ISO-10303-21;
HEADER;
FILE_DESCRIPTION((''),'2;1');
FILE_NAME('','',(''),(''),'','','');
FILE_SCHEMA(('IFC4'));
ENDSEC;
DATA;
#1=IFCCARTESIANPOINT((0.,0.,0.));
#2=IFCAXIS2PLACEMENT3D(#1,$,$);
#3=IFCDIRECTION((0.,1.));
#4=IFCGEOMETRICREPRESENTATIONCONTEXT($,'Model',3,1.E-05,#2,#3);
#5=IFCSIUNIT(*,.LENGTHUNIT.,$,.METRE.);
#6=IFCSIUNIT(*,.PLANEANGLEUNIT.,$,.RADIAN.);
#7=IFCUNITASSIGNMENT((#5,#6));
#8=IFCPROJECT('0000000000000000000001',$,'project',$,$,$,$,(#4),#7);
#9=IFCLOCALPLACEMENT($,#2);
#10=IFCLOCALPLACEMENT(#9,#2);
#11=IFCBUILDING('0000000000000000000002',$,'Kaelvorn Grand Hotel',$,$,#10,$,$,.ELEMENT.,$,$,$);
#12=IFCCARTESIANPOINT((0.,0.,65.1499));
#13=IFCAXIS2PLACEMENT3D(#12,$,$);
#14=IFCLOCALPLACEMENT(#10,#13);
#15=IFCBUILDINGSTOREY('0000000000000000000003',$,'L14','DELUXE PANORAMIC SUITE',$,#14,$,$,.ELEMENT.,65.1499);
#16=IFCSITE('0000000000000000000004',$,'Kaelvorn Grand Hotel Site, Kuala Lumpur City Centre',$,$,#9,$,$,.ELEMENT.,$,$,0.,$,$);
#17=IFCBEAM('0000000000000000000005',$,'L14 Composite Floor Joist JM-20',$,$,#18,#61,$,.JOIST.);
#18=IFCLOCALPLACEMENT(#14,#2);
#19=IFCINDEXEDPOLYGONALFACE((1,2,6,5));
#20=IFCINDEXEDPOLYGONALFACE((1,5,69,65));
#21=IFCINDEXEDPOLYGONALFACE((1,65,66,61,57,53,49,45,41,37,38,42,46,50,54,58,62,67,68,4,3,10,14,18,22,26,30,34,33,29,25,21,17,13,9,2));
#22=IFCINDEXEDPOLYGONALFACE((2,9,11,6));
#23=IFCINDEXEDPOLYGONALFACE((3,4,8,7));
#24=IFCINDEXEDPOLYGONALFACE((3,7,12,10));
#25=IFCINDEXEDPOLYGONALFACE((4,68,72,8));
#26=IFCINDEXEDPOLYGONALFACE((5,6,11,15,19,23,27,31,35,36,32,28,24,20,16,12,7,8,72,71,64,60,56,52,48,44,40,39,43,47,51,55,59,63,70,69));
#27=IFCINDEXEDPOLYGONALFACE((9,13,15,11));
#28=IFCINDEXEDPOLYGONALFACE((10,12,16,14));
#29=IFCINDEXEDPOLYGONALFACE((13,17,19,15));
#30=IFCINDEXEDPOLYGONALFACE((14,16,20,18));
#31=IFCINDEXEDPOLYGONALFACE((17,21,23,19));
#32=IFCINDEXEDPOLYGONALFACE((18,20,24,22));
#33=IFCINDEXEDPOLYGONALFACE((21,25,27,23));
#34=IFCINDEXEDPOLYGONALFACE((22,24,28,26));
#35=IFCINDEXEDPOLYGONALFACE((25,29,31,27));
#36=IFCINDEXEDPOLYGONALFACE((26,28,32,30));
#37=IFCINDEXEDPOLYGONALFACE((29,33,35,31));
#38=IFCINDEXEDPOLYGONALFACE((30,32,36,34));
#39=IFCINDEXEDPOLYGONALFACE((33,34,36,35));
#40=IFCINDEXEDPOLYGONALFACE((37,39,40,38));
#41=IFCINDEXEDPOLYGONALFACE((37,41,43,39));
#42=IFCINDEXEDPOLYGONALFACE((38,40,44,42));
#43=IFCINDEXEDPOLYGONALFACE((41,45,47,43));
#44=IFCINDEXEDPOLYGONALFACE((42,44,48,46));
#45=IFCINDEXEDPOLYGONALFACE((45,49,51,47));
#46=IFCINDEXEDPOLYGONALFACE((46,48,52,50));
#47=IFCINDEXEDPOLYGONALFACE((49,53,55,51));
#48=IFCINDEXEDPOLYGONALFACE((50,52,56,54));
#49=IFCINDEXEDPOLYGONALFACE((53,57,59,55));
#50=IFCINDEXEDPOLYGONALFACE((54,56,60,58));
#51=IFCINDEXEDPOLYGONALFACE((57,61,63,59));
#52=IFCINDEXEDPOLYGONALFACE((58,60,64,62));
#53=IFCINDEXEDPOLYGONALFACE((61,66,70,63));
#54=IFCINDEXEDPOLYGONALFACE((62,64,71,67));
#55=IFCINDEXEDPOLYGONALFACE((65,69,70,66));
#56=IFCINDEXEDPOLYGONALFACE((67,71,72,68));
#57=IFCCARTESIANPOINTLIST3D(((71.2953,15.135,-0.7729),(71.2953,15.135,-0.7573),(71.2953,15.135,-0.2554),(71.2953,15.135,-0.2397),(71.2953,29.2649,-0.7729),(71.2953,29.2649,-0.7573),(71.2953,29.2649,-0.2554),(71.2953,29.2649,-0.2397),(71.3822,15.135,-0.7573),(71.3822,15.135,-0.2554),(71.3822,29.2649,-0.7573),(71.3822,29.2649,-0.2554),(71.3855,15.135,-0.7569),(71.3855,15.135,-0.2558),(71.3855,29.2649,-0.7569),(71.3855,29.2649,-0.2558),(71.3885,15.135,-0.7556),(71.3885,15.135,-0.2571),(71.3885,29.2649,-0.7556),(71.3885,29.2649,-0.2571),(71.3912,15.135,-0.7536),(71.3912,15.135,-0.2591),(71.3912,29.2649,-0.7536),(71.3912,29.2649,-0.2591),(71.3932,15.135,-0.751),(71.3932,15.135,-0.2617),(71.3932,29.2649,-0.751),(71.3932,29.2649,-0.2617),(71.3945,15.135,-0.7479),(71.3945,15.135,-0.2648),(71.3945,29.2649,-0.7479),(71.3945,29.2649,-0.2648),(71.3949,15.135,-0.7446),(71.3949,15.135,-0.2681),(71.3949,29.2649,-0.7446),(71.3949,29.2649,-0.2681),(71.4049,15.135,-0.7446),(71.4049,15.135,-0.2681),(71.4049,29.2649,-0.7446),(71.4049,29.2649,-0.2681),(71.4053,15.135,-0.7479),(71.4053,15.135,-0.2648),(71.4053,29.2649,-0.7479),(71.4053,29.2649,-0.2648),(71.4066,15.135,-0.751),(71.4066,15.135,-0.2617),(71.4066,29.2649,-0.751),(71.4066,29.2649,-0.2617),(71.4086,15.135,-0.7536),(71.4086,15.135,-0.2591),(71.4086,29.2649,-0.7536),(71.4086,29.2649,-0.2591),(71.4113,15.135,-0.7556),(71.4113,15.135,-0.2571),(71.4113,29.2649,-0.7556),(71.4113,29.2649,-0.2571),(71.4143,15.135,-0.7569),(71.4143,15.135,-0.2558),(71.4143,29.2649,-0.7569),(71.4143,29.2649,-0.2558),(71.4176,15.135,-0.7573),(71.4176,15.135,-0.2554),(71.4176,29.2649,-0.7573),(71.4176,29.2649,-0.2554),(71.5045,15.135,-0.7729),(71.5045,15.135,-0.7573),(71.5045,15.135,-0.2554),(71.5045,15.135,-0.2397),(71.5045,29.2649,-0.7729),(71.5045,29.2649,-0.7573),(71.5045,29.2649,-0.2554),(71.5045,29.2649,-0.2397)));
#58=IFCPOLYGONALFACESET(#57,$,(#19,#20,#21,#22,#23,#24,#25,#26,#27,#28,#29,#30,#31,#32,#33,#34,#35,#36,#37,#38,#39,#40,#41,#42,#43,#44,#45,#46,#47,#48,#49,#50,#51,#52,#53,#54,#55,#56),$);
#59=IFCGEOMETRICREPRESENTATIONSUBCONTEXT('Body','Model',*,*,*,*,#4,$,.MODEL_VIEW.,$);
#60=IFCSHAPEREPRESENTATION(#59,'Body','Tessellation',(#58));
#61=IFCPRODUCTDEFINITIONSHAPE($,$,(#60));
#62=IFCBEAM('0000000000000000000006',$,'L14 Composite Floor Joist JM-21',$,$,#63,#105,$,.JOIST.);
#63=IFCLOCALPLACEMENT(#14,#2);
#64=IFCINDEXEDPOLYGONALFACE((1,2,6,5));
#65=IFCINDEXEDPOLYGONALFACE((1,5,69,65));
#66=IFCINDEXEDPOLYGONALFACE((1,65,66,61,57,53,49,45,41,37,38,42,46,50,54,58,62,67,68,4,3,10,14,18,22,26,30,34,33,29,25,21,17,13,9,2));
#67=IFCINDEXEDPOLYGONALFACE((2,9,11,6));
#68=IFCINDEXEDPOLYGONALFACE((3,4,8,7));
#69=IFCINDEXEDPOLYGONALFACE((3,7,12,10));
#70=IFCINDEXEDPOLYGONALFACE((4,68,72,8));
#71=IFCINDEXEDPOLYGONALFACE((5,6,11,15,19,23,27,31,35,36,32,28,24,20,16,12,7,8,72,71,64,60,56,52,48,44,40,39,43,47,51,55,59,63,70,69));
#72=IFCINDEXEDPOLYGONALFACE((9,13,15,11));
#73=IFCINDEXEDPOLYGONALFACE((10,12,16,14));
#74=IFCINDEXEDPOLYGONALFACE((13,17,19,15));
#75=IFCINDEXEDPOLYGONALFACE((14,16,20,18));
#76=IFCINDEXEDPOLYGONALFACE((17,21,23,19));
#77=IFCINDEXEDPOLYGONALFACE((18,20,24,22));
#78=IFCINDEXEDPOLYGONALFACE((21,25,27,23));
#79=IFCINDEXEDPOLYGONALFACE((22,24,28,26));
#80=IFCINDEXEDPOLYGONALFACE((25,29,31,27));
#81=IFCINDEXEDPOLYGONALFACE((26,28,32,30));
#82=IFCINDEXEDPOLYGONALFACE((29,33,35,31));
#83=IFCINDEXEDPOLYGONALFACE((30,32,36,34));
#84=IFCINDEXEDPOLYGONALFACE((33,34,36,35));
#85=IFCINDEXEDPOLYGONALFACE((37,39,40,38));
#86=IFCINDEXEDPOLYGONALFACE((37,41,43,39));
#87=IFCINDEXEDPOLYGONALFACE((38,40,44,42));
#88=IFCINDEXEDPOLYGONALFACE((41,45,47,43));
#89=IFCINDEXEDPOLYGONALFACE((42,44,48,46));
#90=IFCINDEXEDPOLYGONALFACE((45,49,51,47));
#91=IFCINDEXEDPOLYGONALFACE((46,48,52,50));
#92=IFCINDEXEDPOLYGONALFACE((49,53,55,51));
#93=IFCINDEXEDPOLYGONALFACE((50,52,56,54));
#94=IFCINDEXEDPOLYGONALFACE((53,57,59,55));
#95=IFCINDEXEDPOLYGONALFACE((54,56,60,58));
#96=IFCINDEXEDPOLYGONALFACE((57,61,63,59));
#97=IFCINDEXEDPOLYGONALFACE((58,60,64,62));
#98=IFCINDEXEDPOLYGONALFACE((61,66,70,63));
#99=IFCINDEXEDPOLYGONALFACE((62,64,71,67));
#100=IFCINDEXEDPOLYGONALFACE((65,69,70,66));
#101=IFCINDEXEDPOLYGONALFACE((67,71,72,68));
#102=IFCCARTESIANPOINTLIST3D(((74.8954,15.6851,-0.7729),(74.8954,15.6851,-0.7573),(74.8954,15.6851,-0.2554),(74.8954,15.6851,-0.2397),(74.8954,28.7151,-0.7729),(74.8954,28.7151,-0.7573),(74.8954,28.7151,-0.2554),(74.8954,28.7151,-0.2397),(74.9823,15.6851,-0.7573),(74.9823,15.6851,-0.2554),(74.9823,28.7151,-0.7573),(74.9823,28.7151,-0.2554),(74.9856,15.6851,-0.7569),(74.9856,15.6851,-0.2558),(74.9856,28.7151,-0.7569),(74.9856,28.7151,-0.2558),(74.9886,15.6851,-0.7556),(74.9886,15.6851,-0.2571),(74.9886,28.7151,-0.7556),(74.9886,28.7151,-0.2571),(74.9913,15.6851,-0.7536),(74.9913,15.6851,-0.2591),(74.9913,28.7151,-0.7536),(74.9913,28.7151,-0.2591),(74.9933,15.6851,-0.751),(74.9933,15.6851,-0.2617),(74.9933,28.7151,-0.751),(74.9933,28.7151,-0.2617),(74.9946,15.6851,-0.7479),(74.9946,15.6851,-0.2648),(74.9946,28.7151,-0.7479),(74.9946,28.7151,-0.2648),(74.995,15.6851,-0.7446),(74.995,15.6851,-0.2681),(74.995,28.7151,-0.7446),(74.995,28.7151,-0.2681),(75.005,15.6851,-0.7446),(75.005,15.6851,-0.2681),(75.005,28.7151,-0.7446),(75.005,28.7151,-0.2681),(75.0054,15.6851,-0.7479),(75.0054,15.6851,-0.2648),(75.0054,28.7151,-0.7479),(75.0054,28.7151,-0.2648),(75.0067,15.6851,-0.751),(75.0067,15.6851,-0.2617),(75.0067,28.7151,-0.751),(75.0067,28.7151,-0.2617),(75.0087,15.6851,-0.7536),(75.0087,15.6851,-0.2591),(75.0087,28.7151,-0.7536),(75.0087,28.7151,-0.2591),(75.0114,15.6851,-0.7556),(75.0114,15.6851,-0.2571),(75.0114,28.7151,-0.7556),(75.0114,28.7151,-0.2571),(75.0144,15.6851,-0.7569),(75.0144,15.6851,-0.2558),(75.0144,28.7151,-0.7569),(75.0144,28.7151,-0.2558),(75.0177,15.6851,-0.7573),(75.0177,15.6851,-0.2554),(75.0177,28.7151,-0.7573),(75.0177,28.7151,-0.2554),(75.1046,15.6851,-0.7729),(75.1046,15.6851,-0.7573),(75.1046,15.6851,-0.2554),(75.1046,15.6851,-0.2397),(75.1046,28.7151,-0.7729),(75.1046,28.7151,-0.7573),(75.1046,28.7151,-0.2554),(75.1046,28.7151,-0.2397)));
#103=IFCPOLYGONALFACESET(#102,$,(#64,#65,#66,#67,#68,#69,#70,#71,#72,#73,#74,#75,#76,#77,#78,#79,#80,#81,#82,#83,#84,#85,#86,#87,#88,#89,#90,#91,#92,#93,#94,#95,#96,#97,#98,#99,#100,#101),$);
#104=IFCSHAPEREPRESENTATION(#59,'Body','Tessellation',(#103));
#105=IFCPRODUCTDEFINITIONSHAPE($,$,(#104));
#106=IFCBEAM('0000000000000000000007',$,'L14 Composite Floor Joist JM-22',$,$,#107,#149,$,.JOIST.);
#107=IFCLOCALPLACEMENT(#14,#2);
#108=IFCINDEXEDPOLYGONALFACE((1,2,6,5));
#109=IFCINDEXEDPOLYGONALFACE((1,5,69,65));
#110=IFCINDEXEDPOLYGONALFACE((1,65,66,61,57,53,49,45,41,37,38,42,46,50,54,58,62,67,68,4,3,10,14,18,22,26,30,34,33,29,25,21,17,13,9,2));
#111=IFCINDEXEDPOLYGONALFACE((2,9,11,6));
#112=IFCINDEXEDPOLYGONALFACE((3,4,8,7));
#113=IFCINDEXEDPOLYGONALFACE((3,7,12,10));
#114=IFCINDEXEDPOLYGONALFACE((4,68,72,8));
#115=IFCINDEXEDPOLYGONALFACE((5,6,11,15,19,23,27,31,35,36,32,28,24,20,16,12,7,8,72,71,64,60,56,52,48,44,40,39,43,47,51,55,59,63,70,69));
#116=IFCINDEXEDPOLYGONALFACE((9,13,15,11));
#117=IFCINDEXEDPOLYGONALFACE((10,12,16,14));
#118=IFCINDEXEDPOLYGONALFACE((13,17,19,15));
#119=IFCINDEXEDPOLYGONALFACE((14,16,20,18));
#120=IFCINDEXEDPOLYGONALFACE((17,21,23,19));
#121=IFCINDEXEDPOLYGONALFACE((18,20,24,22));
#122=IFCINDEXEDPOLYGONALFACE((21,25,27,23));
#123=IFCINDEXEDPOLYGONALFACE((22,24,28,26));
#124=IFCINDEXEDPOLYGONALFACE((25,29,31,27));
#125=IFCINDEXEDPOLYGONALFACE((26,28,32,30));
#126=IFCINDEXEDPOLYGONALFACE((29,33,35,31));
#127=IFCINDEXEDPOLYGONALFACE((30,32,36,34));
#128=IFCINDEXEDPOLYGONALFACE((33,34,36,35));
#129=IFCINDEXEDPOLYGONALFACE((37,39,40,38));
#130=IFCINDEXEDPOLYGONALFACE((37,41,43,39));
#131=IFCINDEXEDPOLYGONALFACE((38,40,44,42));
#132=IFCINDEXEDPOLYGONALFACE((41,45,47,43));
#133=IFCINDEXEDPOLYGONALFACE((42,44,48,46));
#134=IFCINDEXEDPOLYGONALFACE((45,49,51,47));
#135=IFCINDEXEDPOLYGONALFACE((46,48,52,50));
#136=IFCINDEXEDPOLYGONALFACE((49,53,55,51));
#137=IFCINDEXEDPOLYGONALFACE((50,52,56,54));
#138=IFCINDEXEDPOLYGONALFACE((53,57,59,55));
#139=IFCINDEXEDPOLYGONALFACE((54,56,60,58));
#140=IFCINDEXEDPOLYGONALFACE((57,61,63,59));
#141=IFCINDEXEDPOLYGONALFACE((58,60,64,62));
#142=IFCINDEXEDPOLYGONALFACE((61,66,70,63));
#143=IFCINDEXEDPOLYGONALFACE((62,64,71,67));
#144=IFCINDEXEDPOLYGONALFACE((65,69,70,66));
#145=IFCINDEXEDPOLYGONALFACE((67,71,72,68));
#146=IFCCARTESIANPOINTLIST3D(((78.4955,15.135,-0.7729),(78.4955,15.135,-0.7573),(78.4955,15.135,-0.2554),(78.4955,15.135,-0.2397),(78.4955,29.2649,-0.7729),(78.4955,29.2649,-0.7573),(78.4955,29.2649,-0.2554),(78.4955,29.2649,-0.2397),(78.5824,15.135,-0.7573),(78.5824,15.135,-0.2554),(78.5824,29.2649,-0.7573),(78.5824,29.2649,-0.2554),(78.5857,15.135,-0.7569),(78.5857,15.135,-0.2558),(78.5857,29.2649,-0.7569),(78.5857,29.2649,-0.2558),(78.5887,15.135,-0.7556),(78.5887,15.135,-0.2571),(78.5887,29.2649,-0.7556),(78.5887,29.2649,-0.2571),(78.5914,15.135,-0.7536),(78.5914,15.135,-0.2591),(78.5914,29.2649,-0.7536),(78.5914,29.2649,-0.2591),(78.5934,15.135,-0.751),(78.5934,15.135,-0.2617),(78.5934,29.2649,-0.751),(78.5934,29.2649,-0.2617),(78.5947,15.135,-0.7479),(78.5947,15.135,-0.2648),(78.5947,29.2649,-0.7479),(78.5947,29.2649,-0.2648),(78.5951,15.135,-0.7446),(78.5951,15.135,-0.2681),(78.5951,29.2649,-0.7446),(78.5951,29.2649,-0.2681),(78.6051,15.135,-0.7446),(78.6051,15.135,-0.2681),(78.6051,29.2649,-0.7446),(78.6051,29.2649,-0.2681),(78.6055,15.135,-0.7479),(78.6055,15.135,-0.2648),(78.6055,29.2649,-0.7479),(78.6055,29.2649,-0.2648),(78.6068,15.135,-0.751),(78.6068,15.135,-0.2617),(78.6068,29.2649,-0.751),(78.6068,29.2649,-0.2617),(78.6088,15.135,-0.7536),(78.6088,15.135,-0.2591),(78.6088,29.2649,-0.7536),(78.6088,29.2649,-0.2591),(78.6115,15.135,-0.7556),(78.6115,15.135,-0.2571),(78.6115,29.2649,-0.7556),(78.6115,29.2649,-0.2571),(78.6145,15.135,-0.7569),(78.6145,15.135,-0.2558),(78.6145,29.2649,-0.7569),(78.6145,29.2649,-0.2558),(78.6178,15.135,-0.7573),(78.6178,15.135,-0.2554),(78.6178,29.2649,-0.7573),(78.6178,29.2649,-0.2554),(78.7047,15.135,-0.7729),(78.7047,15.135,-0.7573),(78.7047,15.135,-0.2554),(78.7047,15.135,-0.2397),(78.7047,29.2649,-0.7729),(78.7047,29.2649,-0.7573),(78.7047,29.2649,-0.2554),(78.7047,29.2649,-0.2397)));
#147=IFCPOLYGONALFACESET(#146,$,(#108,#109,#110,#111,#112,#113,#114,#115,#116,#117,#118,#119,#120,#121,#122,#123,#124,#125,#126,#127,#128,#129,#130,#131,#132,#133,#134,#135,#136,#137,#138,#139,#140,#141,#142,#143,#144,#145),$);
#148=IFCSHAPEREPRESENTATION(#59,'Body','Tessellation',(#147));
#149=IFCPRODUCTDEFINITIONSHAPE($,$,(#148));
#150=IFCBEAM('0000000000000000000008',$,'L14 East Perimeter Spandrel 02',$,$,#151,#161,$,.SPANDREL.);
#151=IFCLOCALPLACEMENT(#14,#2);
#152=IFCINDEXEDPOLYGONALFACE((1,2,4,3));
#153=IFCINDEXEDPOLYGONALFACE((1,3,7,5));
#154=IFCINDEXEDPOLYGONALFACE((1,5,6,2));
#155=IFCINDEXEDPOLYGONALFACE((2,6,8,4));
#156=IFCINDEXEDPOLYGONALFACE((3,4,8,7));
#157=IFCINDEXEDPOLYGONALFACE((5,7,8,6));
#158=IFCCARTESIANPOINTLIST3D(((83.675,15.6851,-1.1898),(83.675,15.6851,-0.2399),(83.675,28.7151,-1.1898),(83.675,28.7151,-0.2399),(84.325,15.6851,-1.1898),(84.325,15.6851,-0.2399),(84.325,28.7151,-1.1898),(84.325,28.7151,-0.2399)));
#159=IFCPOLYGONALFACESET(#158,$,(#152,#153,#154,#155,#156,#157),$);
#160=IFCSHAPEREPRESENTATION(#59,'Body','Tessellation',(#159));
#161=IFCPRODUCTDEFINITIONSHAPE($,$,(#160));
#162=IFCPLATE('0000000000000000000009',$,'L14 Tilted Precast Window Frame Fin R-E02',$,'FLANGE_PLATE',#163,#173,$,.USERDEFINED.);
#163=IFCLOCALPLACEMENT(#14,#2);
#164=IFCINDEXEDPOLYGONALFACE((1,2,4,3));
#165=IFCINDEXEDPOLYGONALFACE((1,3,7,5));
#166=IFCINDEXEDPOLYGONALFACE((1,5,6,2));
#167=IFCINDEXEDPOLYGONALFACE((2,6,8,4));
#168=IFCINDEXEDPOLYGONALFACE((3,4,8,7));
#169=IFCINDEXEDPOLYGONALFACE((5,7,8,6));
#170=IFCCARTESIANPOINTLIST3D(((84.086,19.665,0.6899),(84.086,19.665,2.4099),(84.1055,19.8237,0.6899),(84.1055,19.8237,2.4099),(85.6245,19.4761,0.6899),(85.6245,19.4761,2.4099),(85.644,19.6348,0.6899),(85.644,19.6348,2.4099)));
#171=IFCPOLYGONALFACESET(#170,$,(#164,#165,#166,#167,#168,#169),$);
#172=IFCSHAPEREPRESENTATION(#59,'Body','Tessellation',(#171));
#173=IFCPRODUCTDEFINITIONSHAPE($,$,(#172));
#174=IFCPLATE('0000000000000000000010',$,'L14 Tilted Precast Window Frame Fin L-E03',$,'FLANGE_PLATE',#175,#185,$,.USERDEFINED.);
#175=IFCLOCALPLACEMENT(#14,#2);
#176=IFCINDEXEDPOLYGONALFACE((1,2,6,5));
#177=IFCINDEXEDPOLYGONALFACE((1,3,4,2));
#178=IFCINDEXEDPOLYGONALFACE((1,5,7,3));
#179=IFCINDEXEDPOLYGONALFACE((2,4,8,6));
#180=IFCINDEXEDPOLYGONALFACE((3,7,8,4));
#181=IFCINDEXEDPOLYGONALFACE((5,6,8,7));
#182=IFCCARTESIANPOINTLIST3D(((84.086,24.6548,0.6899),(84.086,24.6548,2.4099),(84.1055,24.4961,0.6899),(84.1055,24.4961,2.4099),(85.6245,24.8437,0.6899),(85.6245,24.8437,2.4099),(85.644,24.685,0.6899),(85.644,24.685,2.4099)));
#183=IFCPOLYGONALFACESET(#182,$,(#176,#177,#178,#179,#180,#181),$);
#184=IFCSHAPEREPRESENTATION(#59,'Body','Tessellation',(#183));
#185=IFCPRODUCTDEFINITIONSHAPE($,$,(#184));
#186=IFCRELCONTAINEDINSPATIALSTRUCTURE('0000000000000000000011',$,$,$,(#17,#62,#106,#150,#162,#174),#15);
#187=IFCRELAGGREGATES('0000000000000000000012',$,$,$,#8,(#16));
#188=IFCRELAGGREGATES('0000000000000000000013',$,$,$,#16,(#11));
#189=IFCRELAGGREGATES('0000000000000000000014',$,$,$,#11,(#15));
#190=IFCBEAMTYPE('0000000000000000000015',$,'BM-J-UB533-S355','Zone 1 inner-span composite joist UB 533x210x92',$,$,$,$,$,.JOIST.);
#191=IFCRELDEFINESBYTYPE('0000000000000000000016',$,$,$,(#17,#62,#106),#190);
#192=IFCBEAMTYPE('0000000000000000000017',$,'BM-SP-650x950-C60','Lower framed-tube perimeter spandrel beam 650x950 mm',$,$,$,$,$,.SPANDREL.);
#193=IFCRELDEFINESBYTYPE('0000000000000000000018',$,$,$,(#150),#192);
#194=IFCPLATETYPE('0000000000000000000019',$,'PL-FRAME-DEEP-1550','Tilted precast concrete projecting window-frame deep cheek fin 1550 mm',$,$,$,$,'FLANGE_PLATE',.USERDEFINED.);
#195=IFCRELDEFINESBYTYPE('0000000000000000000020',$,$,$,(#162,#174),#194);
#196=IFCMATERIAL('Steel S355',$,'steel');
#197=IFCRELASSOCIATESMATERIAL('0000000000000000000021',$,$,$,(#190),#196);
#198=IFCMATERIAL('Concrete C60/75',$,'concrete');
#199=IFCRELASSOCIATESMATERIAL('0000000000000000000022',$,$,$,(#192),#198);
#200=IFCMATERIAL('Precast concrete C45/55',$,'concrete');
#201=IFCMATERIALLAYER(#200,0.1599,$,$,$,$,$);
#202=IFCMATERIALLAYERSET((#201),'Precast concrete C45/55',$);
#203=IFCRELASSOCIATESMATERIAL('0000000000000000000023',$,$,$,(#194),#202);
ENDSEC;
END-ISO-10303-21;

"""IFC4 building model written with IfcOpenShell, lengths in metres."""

from ifc_helpers import new_model, si_unit, direction, frame, origin, origin_2d, place, context, subcontext, project, spatial, rectangle, i_section, extrude, material, layer, layer_set, material_profile, profile_set, type_object, element, save


model = new_model("IFC4")

# Units and contexts
model_context = context("Model", 3, precision=1e-05, world=origin(), true_north=direction((0.0, 1.0)))
body_context = subcontext(model_context, "Body", "Model", "MODEL_VIEW")
ifc_project = project(units=[si_unit("LENGTHUNIT", "METRE"), si_unit("PLANEANGLEUNIT", "RADIAN")], contexts=[model_context])

# Site, building, storey
site_placement = place(None, origin())
site = spatial("IfcSite", under=ifc_project, at=site_placement, Name="Kaelvorn Grand Hotel Site, Kuala Lumpur City Centre", CompositionType="ELEMENT", RefElevation=0.0)
building_placement = place(site_placement, origin())
building = spatial("IfcBuilding", under=site, at=building_placement, Name="Kaelvorn Grand Hotel", CompositionType="ELEMENT")
storey_placement = place(building_placement, frame((0.0, 0.0, 65.1499)))
storey = spatial("IfcBuildingStorey", under=building, at=storey_placement, Name="L14", Description="DELUXE PANORAMIC SUITE", CompositionType="ELEMENT", Elevation=65.1499)

# Beams
ifc_material_1 = material(Name="Steel S355", Category="steel")
ifc_material_profile_1 = material_profile(ifc_material_1, i_section(OverallWidth=0.2092, OverallDepth=0.5332, WebThickness=0.01, FlangeThickness=0.0156, FilletRadius=0.0127, at=origin_2d()), Name="UB 533x210x92")
ifc_profile_set_1 = profile_set([ifc_material_profile_1], Name="Steel S355")
beam_type_1 = type_object("IfcBeamType", Name="BM-J-UB533-S355", Description="Zone 1 inner-span composite joist UB 533x210x92", PredefinedType="JOIST", material=ifc_profile_set_1)
beam_1_placement = place(storey_placement, frame((71.3999, 15.135, -0.5063), z_axis=(0.0, 1.0, 0.0), x_axis=(-1.0, 0.0, 0.0)))
element("IfcBeam", 1, at=beam_1_placement, inside=storey, type_object=beam_type_1, Name="L14 Composite Floor Joist JM-20", PredefinedType="JOIST", context=body_context, shape_type="SweptSolid", body=[
    extrude(i_section(OverallWidth=0.2092, OverallDepth=0.5332, WebThickness=0.01, FlangeThickness=0.0156, FilletRadius=0.0127, at=origin_2d()), origin(), (0.0, 0.0, 1.0), 14.1299),
])
beam_2_placement = place(storey_placement, frame((75.0, 15.6851, -0.5063), z_axis=(0.0, 1.0, 0.0), x_axis=(-1.0, 0.0, 0.0)))
element("IfcBeam", 2, at=beam_2_placement, inside=storey, type_object=beam_type_1, Name="L14 Composite Floor Joist JM-21", PredefinedType="JOIST", context=body_context, shape_type="SweptSolid", body=[
    extrude(i_section(OverallWidth=0.2092, OverallDepth=0.5332, WebThickness=0.01, FlangeThickness=0.0156, FilletRadius=0.0127, at=origin_2d()), origin(), (0.0, 0.0, 1.0), 13.03),
])
beam_3_placement = place(storey_placement, frame((78.6001, 15.135, -0.5063), z_axis=(0.0, 1.0, 0.0), x_axis=(-1.0, 0.0, 0.0)))
element("IfcBeam", 3, at=beam_3_placement, inside=storey, type_object=beam_type_1, Name="L14 Composite Floor Joist JM-22", PredefinedType="JOIST", context=body_context, shape_type="SweptSolid", body=[
    extrude(i_section(OverallWidth=0.2092, OverallDepth=0.5332, WebThickness=0.01, FlangeThickness=0.0156, FilletRadius=0.0127, at=origin_2d()), origin(), (0.0, 0.0, 1.0), 14.1299),
])
ifc_material_2 = material(Name="Concrete C60/75", Category="concrete")
ifc_material_profile_2 = material_profile(ifc_material_2, rectangle(XDim=0.6499, YDim=0.95, at=origin_2d()), Name="RC SPANDREL 650x950")
ifc_profile_set_2 = profile_set([ifc_material_profile_2], Name="Concrete C60/75")
beam_type_2 = type_object("IfcBeamType", Name="BM-SP-650x950-C60", Description="Lower framed-tube perimeter spandrel beam 650x950 mm", PredefinedType="SPANDREL", material=ifc_profile_set_2)
beam_4_placement = place(storey_placement, frame((84.0, 15.6851, -0.7148), z_axis=(0.0, 1.0, 0.0), x_axis=(-1.0, 0.0, 0.0)))
element("IfcBeam", 4, at=beam_4_placement, inside=storey, type_object=beam_type_2, Name="L14 East Perimeter Spandrel 02", PredefinedType="SPANDREL", context=body_context, shape_type="SweptSolid", body=[
    extrude(rectangle(XDim=0.6499, YDim=0.95, at=origin_2d()), origin(), (0.0, 0.0, 1.0), 13.03),
])

# Plates
ifc_material_3 = material(Name="Precast concrete C45/55", Category="concrete")
ifc_layer_1 = layer(ifc_material_3, 0.1599)
ifc_layer_set_1 = layer_set([ifc_layer_1], Name="Precast concrete C45/55")
plate_type_1 = type_object("IfcPlateType", Name="PL-FRAME-DEEP-1550", Description="Tilted precast concrete projecting window-frame deep cheek fin 1550 mm", ElementType="FLANGE_PLATE", PredefinedType="USERDEFINED", material=ifc_layer_set_1)
for number, where, z_axis, x_axis, name in (
    (5, (84.865, 19.6499, 0.6899), (0.0, 0.0, 1.0), (0.121869, 0.992546, 0.0), "L14 Tilted Precast Window Frame Fin R-E02"),
    (6, (84.865, 24.6699, 0.6899), (0.0, 0.0, 1.0), (-0.121869, 0.992546, 0.0), "L14 Tilted Precast Window Frame Fin L-E03"),
):
    element("IfcPlate", number, at=place(storey_placement, frame(where, z_axis=z_axis, x_axis=x_axis)), inside=storey, type_object=plate_type_1, Name=name, ObjectType="FLANGE_PLATE", PredefinedType="USERDEFINED", context=body_context, shape_type="SweptSolid", body=[
        extrude(rectangle(XDim=0.1599, YDim=1.55, at=origin_2d()), origin(), (0.0, 0.0, 1.0), 1.72),
    ])

save(model, "model.ifc")
